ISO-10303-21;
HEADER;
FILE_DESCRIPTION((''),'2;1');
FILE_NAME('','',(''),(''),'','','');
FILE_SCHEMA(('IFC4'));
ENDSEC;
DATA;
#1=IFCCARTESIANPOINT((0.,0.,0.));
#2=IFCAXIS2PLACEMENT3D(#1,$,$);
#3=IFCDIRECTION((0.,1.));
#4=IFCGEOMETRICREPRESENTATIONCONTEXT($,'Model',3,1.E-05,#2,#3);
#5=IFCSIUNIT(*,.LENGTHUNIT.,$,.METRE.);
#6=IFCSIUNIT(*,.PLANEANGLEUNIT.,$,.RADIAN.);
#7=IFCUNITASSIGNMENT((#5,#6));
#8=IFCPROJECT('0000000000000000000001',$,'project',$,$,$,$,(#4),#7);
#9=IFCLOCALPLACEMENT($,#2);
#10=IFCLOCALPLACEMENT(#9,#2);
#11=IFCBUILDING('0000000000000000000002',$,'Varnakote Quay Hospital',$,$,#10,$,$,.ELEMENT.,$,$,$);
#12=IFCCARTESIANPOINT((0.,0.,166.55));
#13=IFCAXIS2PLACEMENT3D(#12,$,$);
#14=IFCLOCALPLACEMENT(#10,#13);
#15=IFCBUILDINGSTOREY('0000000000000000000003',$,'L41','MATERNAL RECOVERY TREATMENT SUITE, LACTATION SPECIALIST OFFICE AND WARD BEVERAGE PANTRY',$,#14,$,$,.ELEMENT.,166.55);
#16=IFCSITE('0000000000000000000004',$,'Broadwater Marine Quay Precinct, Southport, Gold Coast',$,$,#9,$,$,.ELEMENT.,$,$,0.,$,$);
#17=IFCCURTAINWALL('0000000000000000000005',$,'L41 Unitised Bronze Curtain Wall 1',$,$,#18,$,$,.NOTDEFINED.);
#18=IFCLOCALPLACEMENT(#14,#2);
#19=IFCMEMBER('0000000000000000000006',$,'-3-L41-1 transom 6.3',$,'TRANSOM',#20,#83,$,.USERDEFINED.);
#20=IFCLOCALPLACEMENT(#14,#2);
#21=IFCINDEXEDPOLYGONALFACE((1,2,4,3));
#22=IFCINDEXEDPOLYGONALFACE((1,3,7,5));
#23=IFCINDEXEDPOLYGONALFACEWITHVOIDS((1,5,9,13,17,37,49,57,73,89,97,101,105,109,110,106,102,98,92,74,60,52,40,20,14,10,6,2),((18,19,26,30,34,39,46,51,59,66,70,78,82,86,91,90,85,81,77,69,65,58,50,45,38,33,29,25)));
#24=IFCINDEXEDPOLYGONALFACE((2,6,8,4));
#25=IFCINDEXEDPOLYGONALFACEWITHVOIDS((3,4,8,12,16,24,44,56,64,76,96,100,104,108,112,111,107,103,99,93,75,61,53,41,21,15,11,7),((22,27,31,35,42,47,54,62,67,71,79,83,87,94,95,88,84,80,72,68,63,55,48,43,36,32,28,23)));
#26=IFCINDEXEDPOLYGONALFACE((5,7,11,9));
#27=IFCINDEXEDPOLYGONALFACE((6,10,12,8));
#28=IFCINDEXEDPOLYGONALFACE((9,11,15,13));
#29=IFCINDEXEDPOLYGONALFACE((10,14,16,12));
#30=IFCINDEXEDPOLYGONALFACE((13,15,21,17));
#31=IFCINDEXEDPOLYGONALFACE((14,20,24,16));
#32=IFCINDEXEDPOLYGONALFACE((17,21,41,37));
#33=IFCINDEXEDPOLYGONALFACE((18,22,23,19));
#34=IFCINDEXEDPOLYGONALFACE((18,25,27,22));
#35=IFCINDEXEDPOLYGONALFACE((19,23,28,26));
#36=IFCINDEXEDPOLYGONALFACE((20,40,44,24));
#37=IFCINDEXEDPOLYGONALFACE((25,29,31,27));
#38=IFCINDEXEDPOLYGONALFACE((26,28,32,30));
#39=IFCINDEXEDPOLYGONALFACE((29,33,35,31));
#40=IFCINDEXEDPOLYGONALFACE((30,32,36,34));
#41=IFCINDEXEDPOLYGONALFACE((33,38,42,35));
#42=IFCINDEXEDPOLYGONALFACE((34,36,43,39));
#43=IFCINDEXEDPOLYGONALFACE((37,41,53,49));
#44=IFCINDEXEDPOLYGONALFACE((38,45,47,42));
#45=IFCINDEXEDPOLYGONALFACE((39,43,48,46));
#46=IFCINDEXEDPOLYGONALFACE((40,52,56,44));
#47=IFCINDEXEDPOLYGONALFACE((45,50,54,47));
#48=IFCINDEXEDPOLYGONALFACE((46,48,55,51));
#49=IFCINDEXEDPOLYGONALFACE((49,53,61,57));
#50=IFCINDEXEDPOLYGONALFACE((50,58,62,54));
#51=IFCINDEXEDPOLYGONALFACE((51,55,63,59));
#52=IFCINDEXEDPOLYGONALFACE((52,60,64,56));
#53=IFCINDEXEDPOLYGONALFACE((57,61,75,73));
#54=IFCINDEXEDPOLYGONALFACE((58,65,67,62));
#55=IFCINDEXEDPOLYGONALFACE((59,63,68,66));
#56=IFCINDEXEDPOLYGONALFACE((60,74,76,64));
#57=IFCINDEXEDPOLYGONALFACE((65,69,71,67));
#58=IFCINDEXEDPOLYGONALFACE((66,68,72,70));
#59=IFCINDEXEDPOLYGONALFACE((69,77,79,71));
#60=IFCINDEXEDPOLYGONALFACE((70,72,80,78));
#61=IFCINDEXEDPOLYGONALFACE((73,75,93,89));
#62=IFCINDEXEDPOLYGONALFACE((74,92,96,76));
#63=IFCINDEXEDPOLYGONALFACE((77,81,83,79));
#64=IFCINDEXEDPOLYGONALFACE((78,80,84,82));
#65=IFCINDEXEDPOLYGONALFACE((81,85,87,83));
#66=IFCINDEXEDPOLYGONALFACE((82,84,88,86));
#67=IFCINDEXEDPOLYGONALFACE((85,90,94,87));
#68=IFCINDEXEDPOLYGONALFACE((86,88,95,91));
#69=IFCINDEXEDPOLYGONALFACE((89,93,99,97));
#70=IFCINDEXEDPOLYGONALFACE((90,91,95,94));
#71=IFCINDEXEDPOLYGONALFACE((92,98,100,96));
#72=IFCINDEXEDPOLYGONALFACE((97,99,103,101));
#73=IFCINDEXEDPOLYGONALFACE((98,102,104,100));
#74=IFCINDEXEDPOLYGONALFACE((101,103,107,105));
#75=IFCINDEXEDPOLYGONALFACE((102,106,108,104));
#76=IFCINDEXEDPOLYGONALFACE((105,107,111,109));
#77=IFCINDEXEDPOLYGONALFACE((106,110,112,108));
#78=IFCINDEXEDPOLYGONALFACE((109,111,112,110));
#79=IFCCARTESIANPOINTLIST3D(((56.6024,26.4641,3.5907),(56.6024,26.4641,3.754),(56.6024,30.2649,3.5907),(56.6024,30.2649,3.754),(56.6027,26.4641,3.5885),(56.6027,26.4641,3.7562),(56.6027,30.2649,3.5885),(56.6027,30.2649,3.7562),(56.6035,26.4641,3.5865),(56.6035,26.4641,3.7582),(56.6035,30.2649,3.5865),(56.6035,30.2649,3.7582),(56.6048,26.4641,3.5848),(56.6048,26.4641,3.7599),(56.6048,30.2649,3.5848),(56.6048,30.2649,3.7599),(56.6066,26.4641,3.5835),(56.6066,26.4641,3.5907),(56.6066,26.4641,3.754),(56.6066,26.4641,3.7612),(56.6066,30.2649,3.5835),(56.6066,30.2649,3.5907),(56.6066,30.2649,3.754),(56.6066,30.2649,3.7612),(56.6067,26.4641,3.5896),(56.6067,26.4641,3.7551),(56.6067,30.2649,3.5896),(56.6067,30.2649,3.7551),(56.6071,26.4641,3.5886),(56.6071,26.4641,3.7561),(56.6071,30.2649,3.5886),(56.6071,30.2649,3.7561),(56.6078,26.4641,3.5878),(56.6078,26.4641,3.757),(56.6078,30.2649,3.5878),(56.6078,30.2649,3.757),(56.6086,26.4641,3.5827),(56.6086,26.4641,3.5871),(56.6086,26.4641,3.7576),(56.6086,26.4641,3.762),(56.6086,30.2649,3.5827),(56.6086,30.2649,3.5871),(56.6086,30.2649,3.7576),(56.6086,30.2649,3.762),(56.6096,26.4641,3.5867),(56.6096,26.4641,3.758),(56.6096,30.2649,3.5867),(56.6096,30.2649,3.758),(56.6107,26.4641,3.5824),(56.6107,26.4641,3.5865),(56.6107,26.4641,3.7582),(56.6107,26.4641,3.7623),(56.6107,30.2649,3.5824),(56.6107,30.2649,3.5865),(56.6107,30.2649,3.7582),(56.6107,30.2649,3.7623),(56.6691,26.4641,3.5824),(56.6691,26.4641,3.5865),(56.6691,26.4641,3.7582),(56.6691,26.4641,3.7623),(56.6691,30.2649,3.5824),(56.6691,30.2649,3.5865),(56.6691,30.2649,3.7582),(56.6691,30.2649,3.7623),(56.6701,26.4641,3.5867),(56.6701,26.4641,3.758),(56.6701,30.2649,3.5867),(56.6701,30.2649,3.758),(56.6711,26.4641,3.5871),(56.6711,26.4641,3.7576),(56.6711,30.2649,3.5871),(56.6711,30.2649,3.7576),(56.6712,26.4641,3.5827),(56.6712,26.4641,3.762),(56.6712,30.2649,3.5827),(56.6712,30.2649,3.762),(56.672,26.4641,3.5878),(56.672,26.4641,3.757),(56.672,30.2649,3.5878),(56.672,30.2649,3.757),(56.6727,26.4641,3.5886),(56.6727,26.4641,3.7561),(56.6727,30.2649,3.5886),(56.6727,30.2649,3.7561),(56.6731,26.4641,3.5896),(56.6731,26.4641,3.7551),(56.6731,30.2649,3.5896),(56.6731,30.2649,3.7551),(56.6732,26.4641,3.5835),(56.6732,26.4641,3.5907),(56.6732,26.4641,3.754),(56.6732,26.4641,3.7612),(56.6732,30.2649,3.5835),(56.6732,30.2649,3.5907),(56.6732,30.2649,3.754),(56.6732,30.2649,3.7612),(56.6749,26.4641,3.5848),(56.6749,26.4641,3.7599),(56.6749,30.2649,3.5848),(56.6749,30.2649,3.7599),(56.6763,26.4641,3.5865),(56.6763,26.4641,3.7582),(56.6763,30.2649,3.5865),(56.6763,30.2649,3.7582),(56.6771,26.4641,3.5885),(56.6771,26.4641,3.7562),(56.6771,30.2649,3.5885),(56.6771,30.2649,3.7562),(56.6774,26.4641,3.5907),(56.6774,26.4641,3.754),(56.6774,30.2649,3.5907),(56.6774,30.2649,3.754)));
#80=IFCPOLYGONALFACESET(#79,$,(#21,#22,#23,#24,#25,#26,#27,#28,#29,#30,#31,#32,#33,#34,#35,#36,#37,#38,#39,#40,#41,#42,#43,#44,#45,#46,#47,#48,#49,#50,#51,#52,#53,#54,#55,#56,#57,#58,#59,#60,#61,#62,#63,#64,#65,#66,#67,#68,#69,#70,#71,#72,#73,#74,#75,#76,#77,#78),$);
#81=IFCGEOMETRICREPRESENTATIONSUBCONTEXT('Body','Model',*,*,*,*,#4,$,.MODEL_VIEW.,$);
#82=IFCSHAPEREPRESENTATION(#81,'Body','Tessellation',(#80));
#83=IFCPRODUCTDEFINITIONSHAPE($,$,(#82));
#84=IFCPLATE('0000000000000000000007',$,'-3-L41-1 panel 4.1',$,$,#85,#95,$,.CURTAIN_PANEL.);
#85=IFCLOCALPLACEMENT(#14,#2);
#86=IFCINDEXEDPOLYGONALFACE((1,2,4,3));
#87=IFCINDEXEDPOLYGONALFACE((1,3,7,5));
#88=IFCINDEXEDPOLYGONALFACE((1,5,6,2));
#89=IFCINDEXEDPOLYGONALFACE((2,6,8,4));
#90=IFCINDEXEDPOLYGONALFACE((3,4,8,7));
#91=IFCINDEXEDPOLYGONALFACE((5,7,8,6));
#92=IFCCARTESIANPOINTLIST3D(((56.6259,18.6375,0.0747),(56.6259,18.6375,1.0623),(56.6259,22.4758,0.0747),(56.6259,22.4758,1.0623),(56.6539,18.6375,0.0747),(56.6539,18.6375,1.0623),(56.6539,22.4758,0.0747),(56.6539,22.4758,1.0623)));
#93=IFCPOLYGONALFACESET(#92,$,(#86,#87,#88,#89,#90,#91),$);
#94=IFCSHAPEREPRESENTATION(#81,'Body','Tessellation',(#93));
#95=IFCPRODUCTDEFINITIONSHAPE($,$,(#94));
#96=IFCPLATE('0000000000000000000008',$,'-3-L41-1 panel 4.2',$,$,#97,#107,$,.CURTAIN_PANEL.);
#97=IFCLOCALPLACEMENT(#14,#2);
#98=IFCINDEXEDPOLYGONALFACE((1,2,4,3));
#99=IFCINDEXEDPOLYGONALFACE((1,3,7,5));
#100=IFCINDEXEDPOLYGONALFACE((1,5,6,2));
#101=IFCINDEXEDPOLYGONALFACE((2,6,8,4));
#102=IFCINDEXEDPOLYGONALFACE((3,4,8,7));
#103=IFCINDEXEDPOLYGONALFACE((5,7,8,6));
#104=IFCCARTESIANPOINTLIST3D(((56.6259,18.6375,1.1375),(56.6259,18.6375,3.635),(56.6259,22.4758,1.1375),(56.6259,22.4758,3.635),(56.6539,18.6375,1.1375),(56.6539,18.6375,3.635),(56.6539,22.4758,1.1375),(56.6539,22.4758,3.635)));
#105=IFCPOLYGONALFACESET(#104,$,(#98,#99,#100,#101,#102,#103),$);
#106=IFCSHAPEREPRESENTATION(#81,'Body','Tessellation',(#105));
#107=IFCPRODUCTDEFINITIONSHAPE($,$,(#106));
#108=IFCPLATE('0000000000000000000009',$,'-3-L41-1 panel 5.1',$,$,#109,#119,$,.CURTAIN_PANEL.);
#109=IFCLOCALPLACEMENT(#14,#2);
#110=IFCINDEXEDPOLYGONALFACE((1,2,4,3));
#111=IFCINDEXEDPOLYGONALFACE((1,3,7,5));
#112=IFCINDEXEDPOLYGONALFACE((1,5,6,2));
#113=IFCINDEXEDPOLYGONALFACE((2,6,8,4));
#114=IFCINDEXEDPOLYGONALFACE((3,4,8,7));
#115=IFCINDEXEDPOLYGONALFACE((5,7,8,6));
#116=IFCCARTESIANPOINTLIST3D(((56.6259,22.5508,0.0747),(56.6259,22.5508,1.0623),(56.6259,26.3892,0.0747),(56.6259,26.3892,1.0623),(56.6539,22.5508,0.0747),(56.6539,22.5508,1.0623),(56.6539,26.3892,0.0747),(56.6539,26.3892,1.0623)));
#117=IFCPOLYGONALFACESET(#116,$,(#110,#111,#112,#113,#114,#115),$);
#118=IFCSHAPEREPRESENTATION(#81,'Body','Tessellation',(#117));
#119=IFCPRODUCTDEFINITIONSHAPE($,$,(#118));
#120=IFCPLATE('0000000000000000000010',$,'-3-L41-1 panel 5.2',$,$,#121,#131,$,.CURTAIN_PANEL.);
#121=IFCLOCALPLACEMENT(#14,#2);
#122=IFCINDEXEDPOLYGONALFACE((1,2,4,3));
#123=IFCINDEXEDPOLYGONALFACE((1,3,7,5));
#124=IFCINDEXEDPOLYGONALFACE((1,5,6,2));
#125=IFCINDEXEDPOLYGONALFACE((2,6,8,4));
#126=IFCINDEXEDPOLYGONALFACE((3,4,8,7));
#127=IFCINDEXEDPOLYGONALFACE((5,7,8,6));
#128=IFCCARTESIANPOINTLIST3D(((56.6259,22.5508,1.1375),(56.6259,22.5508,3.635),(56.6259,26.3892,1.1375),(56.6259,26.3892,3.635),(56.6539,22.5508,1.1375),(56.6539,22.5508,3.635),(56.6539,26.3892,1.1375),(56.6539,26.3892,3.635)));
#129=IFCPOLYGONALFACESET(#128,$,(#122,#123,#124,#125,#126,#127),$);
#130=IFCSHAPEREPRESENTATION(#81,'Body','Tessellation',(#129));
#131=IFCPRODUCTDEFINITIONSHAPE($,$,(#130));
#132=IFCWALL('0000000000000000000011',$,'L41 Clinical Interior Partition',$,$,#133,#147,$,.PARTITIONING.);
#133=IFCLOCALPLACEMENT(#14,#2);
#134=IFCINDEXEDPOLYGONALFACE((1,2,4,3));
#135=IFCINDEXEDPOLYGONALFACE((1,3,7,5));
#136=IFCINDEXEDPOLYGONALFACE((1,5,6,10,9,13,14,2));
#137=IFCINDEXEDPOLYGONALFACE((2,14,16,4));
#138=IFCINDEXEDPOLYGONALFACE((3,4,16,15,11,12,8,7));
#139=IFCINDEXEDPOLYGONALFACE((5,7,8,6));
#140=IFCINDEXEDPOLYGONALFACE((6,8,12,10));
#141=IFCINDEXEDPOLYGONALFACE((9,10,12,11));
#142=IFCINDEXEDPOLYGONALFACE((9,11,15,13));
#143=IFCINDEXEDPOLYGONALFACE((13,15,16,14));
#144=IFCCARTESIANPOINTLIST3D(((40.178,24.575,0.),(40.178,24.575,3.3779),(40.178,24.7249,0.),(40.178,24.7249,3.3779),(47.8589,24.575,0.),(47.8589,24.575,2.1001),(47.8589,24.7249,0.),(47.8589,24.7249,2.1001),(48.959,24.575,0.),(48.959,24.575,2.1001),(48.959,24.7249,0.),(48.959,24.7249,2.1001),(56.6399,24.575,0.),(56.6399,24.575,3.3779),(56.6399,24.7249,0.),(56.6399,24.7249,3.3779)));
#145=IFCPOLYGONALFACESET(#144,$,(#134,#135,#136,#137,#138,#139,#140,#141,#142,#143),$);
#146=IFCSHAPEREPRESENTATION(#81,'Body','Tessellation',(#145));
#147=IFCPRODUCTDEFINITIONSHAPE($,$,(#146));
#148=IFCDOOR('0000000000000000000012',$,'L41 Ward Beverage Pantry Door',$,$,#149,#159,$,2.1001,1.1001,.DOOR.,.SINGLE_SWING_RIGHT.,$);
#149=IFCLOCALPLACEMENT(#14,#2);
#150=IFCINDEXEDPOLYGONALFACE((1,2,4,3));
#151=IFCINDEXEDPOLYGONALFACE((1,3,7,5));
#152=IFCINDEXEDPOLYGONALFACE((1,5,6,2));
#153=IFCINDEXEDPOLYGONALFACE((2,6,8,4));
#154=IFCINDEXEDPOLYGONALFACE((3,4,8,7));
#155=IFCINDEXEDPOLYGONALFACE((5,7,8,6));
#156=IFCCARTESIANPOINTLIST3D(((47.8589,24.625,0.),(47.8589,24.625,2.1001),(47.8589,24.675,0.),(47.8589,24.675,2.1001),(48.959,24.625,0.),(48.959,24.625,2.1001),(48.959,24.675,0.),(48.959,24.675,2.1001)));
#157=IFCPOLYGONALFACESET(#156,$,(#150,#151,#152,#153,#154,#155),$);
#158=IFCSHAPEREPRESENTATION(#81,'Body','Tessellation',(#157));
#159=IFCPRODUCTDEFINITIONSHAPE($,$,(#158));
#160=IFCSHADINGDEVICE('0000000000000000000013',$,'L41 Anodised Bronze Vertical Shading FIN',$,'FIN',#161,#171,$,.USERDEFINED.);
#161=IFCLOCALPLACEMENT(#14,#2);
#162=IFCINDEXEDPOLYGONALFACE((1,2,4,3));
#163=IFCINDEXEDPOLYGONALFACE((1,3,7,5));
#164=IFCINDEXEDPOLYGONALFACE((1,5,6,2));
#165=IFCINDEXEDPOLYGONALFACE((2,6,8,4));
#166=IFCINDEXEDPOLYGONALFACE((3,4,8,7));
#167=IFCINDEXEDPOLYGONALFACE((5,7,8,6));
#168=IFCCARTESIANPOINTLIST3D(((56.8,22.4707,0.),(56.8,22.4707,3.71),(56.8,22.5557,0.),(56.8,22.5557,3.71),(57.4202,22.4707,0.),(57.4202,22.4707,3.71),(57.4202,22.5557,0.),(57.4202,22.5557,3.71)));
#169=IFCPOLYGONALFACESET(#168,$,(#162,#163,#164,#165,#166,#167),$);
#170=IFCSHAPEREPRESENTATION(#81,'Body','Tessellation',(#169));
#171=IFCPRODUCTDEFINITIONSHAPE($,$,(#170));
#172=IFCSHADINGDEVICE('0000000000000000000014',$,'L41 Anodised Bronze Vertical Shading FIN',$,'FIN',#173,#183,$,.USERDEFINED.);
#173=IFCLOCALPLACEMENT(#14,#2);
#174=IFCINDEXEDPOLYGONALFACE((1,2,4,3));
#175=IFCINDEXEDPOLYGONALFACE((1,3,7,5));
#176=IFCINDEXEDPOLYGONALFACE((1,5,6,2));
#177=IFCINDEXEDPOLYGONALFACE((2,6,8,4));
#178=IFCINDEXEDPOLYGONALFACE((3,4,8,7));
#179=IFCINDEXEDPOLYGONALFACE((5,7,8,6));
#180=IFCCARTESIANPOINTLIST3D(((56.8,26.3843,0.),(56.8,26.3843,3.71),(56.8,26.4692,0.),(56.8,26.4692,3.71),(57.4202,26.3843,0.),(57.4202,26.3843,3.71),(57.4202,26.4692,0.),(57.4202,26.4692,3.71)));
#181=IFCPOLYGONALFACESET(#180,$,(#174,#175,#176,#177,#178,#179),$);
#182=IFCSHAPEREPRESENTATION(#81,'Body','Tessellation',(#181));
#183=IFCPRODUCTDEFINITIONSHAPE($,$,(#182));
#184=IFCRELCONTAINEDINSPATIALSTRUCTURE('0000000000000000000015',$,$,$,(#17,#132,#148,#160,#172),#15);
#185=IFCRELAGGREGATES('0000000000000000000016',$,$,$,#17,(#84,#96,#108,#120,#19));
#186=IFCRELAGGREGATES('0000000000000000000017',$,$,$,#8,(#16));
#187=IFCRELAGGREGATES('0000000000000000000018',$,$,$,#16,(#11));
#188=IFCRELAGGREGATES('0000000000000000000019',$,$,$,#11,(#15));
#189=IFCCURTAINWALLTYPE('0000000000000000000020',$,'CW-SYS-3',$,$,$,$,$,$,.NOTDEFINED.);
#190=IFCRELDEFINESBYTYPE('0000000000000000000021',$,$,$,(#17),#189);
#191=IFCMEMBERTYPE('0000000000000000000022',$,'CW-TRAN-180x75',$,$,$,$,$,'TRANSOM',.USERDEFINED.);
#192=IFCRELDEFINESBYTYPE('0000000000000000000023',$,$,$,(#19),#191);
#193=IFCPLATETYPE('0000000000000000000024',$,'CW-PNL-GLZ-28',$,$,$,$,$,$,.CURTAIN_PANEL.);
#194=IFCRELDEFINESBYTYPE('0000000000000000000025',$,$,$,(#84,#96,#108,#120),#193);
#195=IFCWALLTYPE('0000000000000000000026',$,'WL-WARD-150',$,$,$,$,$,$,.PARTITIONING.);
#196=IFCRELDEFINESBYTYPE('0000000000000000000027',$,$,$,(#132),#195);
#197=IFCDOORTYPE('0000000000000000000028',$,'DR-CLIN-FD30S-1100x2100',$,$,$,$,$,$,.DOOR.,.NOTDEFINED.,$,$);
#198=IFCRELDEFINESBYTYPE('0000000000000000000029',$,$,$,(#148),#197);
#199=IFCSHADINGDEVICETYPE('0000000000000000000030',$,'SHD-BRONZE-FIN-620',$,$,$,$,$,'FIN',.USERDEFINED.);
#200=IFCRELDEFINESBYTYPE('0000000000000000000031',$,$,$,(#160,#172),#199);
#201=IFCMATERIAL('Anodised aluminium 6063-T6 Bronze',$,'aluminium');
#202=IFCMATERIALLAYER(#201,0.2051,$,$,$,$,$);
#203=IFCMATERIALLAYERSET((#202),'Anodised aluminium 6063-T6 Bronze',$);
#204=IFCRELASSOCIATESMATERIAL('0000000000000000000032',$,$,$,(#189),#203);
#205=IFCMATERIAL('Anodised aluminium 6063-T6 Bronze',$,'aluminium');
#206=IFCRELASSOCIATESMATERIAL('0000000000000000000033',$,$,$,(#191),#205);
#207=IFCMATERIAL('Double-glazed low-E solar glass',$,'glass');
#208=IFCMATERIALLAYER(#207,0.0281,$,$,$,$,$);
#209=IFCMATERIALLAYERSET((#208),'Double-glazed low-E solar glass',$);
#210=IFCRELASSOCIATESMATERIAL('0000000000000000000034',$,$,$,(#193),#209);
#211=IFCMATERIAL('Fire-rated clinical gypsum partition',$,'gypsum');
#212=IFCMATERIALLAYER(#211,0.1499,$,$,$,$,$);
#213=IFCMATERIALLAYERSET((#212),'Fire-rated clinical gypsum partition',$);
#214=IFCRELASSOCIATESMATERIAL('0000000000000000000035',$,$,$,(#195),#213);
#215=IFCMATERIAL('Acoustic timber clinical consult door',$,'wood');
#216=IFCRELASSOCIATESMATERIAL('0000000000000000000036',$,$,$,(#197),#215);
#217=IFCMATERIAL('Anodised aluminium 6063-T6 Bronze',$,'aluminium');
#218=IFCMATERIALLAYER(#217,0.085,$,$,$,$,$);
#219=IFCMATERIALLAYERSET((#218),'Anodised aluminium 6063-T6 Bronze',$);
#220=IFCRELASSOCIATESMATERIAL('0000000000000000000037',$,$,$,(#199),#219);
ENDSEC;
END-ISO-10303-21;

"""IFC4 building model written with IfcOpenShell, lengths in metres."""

from ifc_helpers import new_model, si_unit, direction, frame, frame_2d, origin, origin_2d, place, context, subcontext, project, spatial, rectangle, hollow_rectangle, extrude, material, layer, layer_set, material_profile, profile_set, type_object, element, fill, aggregate, save


model = new_model("IFC4")

# Units and contexts
model_context = context("Model", 3, precision=1e-05, world=origin(), true_north=direction((0.0, 1.0)))
body_context = subcontext(model_context, "Body", "Model", "MODEL_VIEW")
ifc_project = project(units=[si_unit("LENGTHUNIT", "METRE"), si_unit("PLANEANGLEUNIT", "RADIAN")], contexts=[model_context])

# Site, building, storey
site_placement = place(None, origin())
site = spatial("IfcSite", under=ifc_project, at=site_placement, Name="Broadwater Marine Quay Precinct, Southport, Gold Coast", CompositionType="ELEMENT", RefElevation=0.0)
building_placement = place(site_placement, origin())
building = spatial("IfcBuilding", under=site, at=building_placement, Name="Varnakote Quay Hospital", CompositionType="ELEMENT")
storey_placement = place(building_placement, frame((0.0, 0.0, 166.55)))
storey = spatial("IfcBuildingStorey", under=building, at=storey_placement, Name="L41", Description="MATERNAL RECOVERY TREATMENT SUITE, LACTATION SPECIALIST OFFICE AND WARD BEVERAGE PANTRY", CompositionType="ELEMENT", Elevation=166.55)

# Curtain wall, member, plates
ifc_material_1 = material(Name="Anodised aluminium 6063-T6 Bronze", Category="aluminium")
ifc_layer_1 = layer(ifc_material_1, 0.2051)
ifc_layer_set_1 = layer_set([ifc_layer_1], Name="Anodised aluminium 6063-T6 Bronze")
curtain_wall_type = type_object("IfcCurtainWallType", Name="CW-SYS-3", PredefinedType="NOTDEFINED", material=ifc_layer_set_1)
curtain_wall_placement = place(storey_placement, origin())
curtain_wall = element("IfcCurtainWall", 1, at=curtain_wall_placement, inside=storey, type_object=curtain_wall_type, Name="L41 Unitised Bronze Curtain Wall 1", PredefinedType="NOTDEFINED")
ifc_material_2 = material(Name="Anodised aluminium 6063-T6 Bronze", Category="aluminium")
ifc_material_profile_1 = material_profile(ifc_material_2, hollow_rectangle(XDim=0.075, YDim=0.1799, WallThickness=0.0042, InnerFilletRadius=0.0042, OuterFilletRadius=0.0083, at=origin_2d()), Name="CW-TRAN-180x75")
ifc_profile_set_1 = profile_set([ifc_material_profile_1], Name="Anodised aluminium 6063-T6 Bronze")
member_type_1 = type_object("IfcMemberType", Name="CW-TRAN-180x75", ElementType="TRANSOM", PredefinedType="USERDEFINED", material=ifc_profile_set_1)
member_1_placement = place(storey_placement, frame((56.6399, 26.4641, 3.6724), z_axis=(0.0, 1.0, 0.0), x_axis=(-1.0, 0.0, 0.0)))
member_1 = element("IfcMember", 2, at=member_1_placement, type_object=member_type_1, Name="-3-L41-1 transom 6.3", ObjectType="TRANSOM", PredefinedType="USERDEFINED", context=body_context, shape_type="SweptSolid", body=[
    extrude(hollow_rectangle(XDim=0.075, YDim=0.1799, WallThickness=0.0042, InnerFilletRadius=0.0042, OuterFilletRadius=0.0083, at=origin_2d()), origin(), (0.0, 0.0, 1.0), 3.8008),
])
ifc_material_3 = material(Name="Double-glazed low-E solar glass", Category="glass")
ifc_layer_2 = layer(ifc_material_3, 0.0281)
ifc_layer_set_2 = layer_set([ifc_layer_2], Name="Double-glazed low-E solar glass")
plate_type = type_object("IfcPlateType", Name="CW-PNL-GLZ-28", PredefinedType="CURTAIN_PANEL", material=ifc_layer_set_2)
plate_1_placement = place(storey_placement, frame((56.6399, 20.5566, 0.0747), z_axis=(0.0, 0.0, 1.0), x_axis=(0.0, 1.0, 0.0)))
plate_1 = element("IfcPlate", 3, at=plate_1_placement, type_object=plate_type, Name="-3-L41-1 panel 4.1", PredefinedType="CURTAIN_PANEL", context=body_context, shape_type="SweptSolid", body=[
    extrude(rectangle(XDim=3.8384, YDim=0.0281, at=origin_2d()), origin(), (0.0, 0.0, 1.0), 0.9875),
])
plate_2_placement = place(storey_placement, frame((56.6399, 20.5566, 1.1375), z_axis=(0.0, 0.0, 1.0), x_axis=(0.0, 1.0, 0.0)))
plate_2 = element("IfcPlate", 4, at=plate_2_placement, type_object=plate_type, Name="-3-L41-1 panel 4.2", PredefinedType="CURTAIN_PANEL", context=body_context, shape_type="SweptSolid", body=[
    extrude(rectangle(XDim=3.8384, YDim=0.0281, at=origin_2d()), origin(), (0.0, 0.0, 1.0), 2.4976),
])
plate_3_placement = place(storey_placement, frame((56.6399, 24.47, 0.0747), z_axis=(0.0, 0.0, 1.0), x_axis=(0.0, 1.0, 0.0)))
plate_3 = element("IfcPlate", 5, at=plate_3_placement, type_object=plate_type, Name="-3-L41-1 panel 5.1", PredefinedType="CURTAIN_PANEL", context=body_context, shape_type="SweptSolid", body=[
    extrude(rectangle(XDim=3.8384, YDim=0.0281, at=origin_2d()), origin(), (0.0, 0.0, 1.0), 0.9875),
])
plate_4_placement = place(storey_placement, frame((56.6399, 24.47, 1.1375), z_axis=(0.0, 0.0, 1.0), x_axis=(0.0, 1.0, 0.0)))
plate_4 = element("IfcPlate", 6, at=plate_4_placement, type_object=plate_type, Name="-3-L41-1 panel 5.2", PredefinedType="CURTAIN_PANEL", context=body_context, shape_type="SweptSolid", body=[
    extrude(rectangle(XDim=3.8384, YDim=0.0281, at=origin_2d()), origin(), (0.0, 0.0, 1.0), 2.4976),
])
aggregate(curtain_wall, [plate_1, plate_2, plate_3, plate_4, member_1])

# Wall, opening, door
ifc_material_4 = material(Name="Fire-rated clinical gypsum partition", Category="gypsum")
ifc_layer_3 = layer(ifc_material_4, 0.1499)
ifc_layer_set_3 = layer_set([ifc_layer_3], Name="Fire-rated clinical gypsum partition")
wall_type = type_object("IfcWallType", Name="WL-WARD-150", PredefinedType="PARTITIONING", material=ifc_layer_set_3)
wall_placement = place(storey_placement, frame((56.6399, 24.6499, 0.0), z_axis=(0.0, 0.0, 1.0), x_axis=(-1.0, 0.0, 0.0)))
wall = element("IfcWall", 7, at=wall_placement, inside=storey, type_object=wall_type, Name="L41 Clinical Interior Partition", PredefinedType="PARTITIONING", context=body_context, shape_type="SweptSolid", body=[
    extrude(rectangle(XDim=16.4619, YDim=0.1499, at=frame_2d((8.231, 0.0))), origin(), (0.0, 0.0, 1.0), 3.3779),
])
opening_placement = place(wall_placement, frame((7.6809, 0.0, 0.0)))
opening = element("IfcOpeningElement", 8, at=opening_placement, cuts=wall, PredefinedType="OPENING", context=body_context, shape_type="SweptSolid", body=[
    extrude(rectangle(XDim=1.1001, YDim=2.1001, at=frame_2d((0.55, 1.05))), frame((0.0, 0.085, 0.0), z_axis=(0.0, -1.0, 0.0), x_axis=(1.0, 0.0, 0.0)), (0.0, 0.0, 1.0), 0.1699),
])
ifc_material_5 = material(Name="Acoustic timber clinical consult door", Category="wood")
door_type = type_object("IfcDoorType", Name="DR-CLIN-FD30S-1100x2100", OperationType="NOTDEFINED", PredefinedType="DOOR", material=ifc_material_5)
door_placement = place(opening_placement, origin())
door = element("IfcDoor", 9, at=door_placement, inside=storey, type_object=door_type, Name="L41 Ward Beverage Pantry Door", OperationType="SINGLE_SWING_RIGHT", OverallHeight=2.1001, OverallWidth=1.1001, PredefinedType="DOOR", context=body_context, shape_type="SweptSolid", body=[
    extrude(rectangle(XDim=1.1001, YDim=2.1001, at=frame_2d((0.55, 1.05))), frame((0.0, 0.0249, 0.0), z_axis=(0.0, -1.0, 0.0), x_axis=(1.0, 0.0, 0.0)), (0.0, 0.0, 1.0), 0.05),
])
fill(opening, door)

# Shading devices
ifc_material_6 = material(Name="Anodised aluminium 6063-T6 Bronze", Category="aluminium")
ifc_layer_4 = layer(ifc_material_6, 0.085)
ifc_layer_set_4 = layer_set([ifc_layer_4], Name="Anodised aluminium 6063-T6 Bronze")
shading_device_type = type_object("IfcShadingDeviceType", Name="SHD-BRONZE-FIN-620", ElementType="FIN", PredefinedType="USERDEFINED", material=ifc_layer_set_4)
for number, where, z_axis, x_axis, name in (
    (10, (57.1101, 22.5132, 0.0), (0.0, 0.0, 1.0), (-1.0, 0.0, 0.0), "L41 Anodised Bronze Vertical Shading FIN"),
    (11, (57.1101, 26.4268, 0.0), (0.0, 0.0, 1.0), (-1.0, 0.0, 0.0), "L41 Anodised Bronze Vertical Shading FIN"),
):
    element("IfcShadingDevice", number, at=place(storey_placement, frame(where, z_axis=z_axis, x_axis=x_axis)), inside=storey, type_object=shading_device_type, Name=name, ObjectType="FIN", PredefinedType="USERDEFINED", context=body_context, shape_type="SweptSolid", body=[
        extrude(rectangle(XDim=0.6201, YDim=0.085, at=origin_2d()), origin(), (0.0, 0.0, 1.0), 3.71),
    ])

save(model, "model.ifc")
